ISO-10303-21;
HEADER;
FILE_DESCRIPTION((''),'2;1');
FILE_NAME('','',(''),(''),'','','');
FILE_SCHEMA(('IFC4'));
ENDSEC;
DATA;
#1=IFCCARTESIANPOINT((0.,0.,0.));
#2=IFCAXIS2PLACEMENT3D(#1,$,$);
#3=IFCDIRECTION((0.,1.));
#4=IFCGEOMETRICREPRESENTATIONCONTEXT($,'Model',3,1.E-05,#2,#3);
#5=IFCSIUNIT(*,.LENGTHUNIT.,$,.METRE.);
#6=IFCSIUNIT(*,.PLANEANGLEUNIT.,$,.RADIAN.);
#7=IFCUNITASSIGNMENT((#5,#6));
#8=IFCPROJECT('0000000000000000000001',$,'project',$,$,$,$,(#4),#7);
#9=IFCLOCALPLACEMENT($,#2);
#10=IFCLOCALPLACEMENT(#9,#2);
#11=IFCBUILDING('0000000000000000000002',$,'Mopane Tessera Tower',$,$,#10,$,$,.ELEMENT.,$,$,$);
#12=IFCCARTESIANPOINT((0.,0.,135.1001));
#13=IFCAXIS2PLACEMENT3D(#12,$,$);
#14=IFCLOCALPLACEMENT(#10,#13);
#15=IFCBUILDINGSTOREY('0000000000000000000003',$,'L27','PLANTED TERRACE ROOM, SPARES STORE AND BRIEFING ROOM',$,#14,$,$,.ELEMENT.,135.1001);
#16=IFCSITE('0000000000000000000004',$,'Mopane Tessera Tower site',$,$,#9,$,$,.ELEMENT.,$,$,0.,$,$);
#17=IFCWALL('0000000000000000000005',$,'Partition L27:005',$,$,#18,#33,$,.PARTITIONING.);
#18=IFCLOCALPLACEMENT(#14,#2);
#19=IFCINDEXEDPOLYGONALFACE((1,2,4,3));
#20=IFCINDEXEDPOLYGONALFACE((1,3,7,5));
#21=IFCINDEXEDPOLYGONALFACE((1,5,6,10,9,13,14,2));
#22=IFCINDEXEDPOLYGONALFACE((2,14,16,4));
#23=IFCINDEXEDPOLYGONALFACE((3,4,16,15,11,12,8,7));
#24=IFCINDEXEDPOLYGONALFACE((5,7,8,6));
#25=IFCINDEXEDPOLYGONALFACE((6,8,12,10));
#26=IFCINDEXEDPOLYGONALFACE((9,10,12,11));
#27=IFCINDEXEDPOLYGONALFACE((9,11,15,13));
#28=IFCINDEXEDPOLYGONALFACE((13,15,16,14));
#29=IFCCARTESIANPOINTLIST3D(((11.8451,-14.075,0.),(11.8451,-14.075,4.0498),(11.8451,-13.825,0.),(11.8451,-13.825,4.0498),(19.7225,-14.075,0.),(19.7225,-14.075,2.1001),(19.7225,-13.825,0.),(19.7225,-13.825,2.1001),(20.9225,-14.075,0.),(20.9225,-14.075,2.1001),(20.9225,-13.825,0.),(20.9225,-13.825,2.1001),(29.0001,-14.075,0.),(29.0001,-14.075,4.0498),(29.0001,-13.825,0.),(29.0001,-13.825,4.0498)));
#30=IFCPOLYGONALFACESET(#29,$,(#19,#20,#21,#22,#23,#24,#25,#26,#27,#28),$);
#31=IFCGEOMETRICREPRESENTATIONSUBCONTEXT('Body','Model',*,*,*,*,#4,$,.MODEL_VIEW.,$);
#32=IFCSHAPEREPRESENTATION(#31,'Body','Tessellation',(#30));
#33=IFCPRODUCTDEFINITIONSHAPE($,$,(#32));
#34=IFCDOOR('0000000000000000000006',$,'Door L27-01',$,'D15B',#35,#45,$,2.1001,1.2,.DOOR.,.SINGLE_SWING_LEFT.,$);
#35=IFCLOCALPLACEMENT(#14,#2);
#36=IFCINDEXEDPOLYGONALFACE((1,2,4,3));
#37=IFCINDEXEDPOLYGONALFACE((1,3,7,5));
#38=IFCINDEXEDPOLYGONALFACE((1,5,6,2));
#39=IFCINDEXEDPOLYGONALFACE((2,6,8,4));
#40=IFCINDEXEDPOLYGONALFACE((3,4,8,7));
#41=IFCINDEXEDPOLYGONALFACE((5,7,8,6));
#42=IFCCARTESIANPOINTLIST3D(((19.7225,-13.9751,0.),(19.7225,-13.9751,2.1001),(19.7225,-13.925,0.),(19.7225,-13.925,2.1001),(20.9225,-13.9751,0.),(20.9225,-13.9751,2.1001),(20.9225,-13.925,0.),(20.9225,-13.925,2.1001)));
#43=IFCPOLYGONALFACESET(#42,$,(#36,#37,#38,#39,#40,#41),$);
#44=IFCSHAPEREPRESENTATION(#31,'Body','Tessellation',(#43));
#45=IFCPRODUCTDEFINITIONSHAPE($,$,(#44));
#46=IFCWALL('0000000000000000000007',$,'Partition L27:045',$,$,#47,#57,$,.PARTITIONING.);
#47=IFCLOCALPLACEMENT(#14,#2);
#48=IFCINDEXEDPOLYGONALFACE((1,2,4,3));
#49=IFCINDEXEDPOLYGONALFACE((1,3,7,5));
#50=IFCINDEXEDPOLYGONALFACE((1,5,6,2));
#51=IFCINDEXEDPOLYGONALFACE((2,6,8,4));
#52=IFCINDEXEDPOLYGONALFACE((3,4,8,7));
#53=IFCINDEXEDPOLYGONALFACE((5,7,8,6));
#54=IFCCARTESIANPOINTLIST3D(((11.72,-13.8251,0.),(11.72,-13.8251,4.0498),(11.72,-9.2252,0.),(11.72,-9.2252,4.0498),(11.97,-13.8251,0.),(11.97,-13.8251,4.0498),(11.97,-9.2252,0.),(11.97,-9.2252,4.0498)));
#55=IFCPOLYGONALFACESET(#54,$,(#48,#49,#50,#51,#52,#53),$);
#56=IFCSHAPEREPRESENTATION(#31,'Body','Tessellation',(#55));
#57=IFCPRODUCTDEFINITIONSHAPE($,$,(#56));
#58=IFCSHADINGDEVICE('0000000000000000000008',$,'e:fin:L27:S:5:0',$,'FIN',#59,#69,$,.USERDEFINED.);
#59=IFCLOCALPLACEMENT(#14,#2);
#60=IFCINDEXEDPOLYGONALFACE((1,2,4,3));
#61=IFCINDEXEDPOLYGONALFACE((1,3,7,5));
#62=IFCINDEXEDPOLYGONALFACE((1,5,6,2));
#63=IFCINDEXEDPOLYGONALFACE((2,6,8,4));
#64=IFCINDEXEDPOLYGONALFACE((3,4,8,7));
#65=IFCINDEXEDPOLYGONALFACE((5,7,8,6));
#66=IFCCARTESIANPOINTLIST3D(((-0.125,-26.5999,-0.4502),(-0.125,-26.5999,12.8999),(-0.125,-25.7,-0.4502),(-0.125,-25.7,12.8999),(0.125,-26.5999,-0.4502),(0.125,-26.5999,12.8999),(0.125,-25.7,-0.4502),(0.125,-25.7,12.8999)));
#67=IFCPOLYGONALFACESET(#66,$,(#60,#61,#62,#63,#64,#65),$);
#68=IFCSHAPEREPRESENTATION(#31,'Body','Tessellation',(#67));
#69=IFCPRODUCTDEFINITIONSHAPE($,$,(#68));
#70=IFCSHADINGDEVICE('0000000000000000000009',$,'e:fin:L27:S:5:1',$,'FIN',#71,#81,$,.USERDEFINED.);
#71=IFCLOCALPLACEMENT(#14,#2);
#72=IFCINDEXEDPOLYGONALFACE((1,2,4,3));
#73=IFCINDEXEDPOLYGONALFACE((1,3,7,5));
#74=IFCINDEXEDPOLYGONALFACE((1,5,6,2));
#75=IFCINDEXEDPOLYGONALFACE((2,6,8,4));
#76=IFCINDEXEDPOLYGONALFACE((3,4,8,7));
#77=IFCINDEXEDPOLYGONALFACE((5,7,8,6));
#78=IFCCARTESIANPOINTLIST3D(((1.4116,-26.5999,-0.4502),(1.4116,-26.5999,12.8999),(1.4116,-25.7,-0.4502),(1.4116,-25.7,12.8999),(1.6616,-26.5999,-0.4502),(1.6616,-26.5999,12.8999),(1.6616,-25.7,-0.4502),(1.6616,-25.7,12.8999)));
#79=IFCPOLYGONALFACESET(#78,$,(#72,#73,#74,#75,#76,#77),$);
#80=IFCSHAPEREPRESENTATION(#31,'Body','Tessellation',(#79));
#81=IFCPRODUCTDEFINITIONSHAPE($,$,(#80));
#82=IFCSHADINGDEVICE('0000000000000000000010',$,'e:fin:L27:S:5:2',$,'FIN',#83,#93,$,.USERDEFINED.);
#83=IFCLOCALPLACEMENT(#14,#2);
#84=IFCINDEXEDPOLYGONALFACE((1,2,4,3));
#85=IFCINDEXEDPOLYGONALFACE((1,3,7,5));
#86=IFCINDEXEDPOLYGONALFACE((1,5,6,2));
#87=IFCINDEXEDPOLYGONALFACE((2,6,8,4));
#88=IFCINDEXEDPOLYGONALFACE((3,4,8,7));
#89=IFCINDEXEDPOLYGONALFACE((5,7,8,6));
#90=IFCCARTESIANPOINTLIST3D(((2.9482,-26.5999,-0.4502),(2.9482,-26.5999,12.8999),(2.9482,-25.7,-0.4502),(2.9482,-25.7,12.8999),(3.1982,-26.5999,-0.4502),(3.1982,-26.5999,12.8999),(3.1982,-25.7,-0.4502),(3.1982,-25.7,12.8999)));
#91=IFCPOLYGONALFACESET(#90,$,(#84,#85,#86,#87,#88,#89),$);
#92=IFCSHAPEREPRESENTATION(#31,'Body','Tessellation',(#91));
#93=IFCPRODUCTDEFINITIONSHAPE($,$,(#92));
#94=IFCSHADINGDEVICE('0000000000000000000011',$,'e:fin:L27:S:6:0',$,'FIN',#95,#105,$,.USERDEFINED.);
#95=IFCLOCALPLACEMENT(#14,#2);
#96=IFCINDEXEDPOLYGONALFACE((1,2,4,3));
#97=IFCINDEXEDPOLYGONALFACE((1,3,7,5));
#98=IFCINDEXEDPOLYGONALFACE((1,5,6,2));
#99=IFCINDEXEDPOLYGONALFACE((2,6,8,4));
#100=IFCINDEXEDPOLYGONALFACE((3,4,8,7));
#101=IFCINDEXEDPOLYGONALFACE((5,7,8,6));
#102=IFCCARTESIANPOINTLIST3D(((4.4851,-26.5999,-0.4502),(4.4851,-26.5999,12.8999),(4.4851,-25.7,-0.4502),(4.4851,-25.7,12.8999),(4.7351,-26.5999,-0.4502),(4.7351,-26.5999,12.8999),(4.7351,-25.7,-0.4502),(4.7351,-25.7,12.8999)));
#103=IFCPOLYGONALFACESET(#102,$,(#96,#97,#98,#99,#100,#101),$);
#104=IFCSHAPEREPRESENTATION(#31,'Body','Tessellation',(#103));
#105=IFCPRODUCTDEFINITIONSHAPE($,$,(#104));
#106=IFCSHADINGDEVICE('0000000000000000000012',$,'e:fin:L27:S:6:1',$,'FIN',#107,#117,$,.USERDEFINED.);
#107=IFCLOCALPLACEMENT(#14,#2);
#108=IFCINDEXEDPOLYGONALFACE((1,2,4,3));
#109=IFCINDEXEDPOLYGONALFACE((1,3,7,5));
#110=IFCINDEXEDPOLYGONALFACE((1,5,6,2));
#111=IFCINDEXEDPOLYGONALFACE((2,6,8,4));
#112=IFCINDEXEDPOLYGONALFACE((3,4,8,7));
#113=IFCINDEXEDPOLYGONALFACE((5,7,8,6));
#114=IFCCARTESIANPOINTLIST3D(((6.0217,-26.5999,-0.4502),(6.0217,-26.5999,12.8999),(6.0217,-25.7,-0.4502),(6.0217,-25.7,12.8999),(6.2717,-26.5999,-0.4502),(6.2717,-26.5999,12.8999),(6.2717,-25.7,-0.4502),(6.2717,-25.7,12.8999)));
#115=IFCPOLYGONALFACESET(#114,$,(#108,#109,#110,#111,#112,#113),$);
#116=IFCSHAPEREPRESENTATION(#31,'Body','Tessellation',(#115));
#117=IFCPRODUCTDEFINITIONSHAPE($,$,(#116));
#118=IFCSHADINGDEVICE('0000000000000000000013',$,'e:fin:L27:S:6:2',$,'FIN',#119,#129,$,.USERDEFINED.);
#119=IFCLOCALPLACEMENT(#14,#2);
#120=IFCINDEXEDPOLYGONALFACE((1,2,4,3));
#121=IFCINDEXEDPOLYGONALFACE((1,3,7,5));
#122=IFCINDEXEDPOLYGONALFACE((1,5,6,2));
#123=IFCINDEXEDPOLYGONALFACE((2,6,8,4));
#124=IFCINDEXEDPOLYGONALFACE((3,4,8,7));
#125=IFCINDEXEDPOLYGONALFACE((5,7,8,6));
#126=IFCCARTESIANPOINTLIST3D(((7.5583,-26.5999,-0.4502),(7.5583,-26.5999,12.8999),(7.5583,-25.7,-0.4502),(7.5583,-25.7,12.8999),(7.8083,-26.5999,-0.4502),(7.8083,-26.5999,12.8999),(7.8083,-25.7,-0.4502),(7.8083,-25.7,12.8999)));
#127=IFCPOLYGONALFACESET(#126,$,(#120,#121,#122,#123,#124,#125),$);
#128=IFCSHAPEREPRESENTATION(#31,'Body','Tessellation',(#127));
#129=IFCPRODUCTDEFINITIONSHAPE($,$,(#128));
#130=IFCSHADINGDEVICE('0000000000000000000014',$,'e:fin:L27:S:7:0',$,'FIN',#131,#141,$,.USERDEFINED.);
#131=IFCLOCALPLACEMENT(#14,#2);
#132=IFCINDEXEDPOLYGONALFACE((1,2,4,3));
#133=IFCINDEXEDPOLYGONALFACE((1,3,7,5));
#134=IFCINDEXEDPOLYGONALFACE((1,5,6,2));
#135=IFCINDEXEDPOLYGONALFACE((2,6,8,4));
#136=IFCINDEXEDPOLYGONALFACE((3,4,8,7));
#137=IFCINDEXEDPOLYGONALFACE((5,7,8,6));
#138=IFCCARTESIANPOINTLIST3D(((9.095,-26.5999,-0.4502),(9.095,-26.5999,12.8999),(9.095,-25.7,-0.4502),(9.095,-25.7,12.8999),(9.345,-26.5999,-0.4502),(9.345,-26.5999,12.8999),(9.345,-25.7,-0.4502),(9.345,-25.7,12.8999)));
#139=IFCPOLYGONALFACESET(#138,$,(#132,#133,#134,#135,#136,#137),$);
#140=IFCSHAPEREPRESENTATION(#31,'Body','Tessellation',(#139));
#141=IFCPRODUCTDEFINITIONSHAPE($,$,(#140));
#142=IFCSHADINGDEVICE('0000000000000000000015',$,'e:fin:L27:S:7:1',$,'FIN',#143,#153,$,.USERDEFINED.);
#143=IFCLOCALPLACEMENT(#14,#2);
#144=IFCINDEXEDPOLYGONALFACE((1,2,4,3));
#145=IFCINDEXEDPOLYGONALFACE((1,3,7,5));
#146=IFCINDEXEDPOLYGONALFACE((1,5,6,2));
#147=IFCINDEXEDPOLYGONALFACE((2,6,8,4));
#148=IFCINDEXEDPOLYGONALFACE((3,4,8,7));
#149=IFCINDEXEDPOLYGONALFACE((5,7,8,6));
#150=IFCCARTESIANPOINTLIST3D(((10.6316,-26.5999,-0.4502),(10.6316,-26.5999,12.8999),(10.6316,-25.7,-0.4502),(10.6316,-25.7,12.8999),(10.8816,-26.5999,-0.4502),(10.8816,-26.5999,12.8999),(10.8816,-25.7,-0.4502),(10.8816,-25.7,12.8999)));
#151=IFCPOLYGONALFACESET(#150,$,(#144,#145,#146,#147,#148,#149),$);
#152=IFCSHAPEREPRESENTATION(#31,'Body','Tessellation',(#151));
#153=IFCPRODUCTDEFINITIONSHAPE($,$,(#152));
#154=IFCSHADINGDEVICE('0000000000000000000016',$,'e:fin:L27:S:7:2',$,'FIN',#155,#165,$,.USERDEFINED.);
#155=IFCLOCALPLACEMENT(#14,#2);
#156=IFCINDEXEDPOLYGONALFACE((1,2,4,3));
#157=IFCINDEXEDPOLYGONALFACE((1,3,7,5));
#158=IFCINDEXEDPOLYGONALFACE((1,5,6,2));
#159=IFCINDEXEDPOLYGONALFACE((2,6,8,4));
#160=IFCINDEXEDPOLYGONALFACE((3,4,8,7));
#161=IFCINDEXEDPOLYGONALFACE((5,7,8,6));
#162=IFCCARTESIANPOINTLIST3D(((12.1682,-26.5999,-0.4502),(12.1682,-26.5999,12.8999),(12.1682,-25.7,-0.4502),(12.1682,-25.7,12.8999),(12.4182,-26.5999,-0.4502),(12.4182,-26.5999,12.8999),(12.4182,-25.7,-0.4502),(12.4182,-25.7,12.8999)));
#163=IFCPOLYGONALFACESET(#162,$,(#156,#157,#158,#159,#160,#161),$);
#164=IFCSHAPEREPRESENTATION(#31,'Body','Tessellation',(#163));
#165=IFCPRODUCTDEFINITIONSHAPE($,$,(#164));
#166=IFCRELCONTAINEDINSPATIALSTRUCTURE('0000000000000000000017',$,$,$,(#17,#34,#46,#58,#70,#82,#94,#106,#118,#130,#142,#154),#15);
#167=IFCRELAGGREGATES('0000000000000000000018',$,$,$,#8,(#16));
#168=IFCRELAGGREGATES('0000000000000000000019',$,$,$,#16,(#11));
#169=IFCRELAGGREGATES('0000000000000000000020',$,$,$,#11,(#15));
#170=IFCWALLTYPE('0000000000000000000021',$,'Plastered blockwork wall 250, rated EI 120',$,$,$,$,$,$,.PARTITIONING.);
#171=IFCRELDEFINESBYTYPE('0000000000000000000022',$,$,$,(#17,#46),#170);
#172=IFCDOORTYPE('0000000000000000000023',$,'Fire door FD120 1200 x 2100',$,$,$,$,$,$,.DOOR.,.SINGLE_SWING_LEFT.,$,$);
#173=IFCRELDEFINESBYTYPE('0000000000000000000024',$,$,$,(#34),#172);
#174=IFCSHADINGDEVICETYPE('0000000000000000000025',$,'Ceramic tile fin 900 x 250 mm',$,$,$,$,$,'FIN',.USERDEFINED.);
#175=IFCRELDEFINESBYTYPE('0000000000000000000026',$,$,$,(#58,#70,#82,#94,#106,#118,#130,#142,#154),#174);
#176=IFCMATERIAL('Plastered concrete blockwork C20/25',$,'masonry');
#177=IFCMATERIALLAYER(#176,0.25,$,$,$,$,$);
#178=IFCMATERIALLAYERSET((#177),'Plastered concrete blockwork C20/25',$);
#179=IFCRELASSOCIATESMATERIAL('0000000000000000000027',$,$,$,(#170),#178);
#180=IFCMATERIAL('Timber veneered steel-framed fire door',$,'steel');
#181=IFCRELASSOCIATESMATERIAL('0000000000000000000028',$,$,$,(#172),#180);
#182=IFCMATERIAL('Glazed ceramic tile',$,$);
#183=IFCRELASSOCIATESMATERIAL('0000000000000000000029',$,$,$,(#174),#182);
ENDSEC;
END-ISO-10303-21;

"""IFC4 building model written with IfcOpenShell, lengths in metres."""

from ifc_helpers import new_model, si_unit, direction, frame, frame_2d, origin, origin_2d, place, context, subcontext, project, spatial, rectangle, extrude, material, layer, layer_set, type_object, element, fill, save


model = new_model("IFC4")

# Units and contexts
model_context = context("Model", 3, precision=1e-05, world=origin(), true_north=direction((0.0, 1.0)))
body_context = subcontext(model_context, "Body", "Model", "MODEL_VIEW")
ifc_project = project(units=[si_unit("LENGTHUNIT", "METRE"), si_unit("PLANEANGLEUNIT", "RADIAN")], contexts=[model_context])

# Site, building, storey
site_placement = place(None, origin())
site = spatial("IfcSite", under=ifc_project, at=site_placement, Name="Mopane Tessera Tower site", CompositionType="ELEMENT", RefElevation=0.0)
building_placement = place(site_placement, origin())
building = spatial("IfcBuilding", under=site, at=building_placement, Name="Mopane Tessera Tower", CompositionType="ELEMENT")
storey_placement = place(building_placement, frame((0.0, 0.0, 135.1001)))
storey = spatial("IfcBuildingStorey", under=building, at=storey_placement, Name="L27", Description="PLANTED TERRACE ROOM, SPARES STORE AND BRIEFING ROOM", CompositionType="ELEMENT", Elevation=135.1001)

# Wall, opening, door
ifc_material_1 = material(Name="Plastered concrete blockwork C20/25", Category="masonry")
ifc_layer_1 = layer(ifc_material_1, 0.25)
ifc_layer_set_1 = layer_set([ifc_layer_1], Name="Plastered concrete blockwork C20/25")
wall_type_1 = type_object("IfcWallType", Name="Plastered blockwork wall 250, rated EI 120", PredefinedType="PARTITIONING", material=ifc_layer_set_1)
wall_1_placement = place(storey_placement, frame((11.845, -13.95, 0.0), z_axis=(0.0, 0.0, 1.0), x_axis=(1.0, 0.0, 0.0)))
wall_1 = element("IfcWall", 1, at=wall_1_placement, inside=storey, type_object=wall_type_1, Name="Partition L27:005", PredefinedType="PARTITIONING", context=body_context, shape_type="SweptSolid", body=[
    extrude(rectangle(XDim=17.155, YDim=0.25, at=frame_2d((8.5776, 0.0))), origin(), (0.0, 0.0, 1.0), 4.0498),
])
opening_placement = place(wall_1_placement, frame((7.8774, 0.0, 0.0)))
opening = element("IfcOpeningElement", 2, at=opening_placement, cuts=wall_1, PredefinedType="OPENING", context=body_context, shape_type="SweptSolid", body=[
    extrude(rectangle(XDim=1.2, YDim=2.1001, at=frame_2d((0.6001, 1.05))), frame((0.0, 0.137, 0.0), z_axis=(0.0, -1.0, 0.0), x_axis=(1.0, 0.0, 0.0)), (0.0, 0.0, 1.0), 0.2739),
])
ifc_material_2 = material(Name="Timber veneered steel-framed fire door", Category="steel")
door_type = type_object("IfcDoorType", Name="Fire door FD120 1200 x 2100", OperationType="SINGLE_SWING_LEFT", PredefinedType="DOOR", material=ifc_material_2)
door_placement = place(opening_placement, origin())
door = element("IfcDoor", 3, at=door_placement, inside=storey, type_object=door_type, Name="Door L27-01", ObjectType="D15B", OperationType="SINGLE_SWING_LEFT", OverallHeight=2.1001, OverallWidth=1.2, PredefinedType="DOOR", context=body_context, shape_type="SweptSolid", body=[
    extrude(rectangle(XDim=1.2, YDim=2.1001, at=frame_2d((0.6001, 1.05))), frame((0.0, 0.0249, 0.0), z_axis=(0.0, -1.0, 0.0), x_axis=(1.0, 0.0, 0.0)), (0.0, 0.0, 1.0), 0.05),
])
fill(opening, door)

# Wall
wall_2_placement = place(storey_placement, frame((11.845, -13.825, 0.0), z_axis=(0.0, 0.0, 1.0), x_axis=(0.0, 1.0, 0.0)))
element("IfcWall", 4, at=wall_2_placement, inside=storey, type_object=wall_type_1, Name="Partition L27:045", PredefinedType="PARTITIONING", context=body_context, shape_type="SweptSolid", body=[
    extrude(rectangle(XDim=4.5999, YDim=0.25, at=frame_2d((2.2998, 0.0))), origin(), (0.0, 0.0, 1.0), 4.0498),
])

# Shading devices
ifc_material_3 = material(Name="Glazed ceramic tile")
shading_device_type = type_object("IfcShadingDeviceType", Name="Ceramic tile fin 900 x 250 mm", ElementType="FIN", PredefinedType="USERDEFINED", material=ifc_material_3)
for number, where, z_axis, x_axis, name in (
    (5, (0.0, -26.1499, -0.4502), (0.0, 0.0, 1.0), (1.0, 0.0, 0.0), "e:fin:L27:S:5:0"),
    (6, (1.5366, -26.1499, -0.4502), (0.0, 0.0, 1.0), (1.0, 0.0, 0.0), "e:fin:L27:S:5:1"),
    (7, (3.0732, -26.1499, -0.4502), (0.0, 0.0, 1.0), (1.0, 0.0, 0.0), "e:fin:L27:S:5:2"),
    (8, (4.6101, -26.1499, -0.4502), (0.0, 0.0, 1.0), (1.0, 0.0, 0.0), "e:fin:L27:S:6:0"),
    (9, (6.1467, -26.1499, -0.4502), (0.0, 0.0, 1.0), (1.0, 0.0, 0.0), "e:fin:L27:S:6:1"),
    (10, (7.6833, -26.1499, -0.4502), (0.0, 0.0, 1.0), (1.0, 0.0, 0.0), "e:fin:L27:S:6:2"),
    (11, (9.22, -26.1499, -0.4502), (0.0, 0.0, 1.0), (1.0, 0.0, 0.0), "e:fin:L27:S:7:0"),
    (12, (10.7566, -26.1499, -0.4502), (0.0, 0.0, 1.0), (1.0, 0.0, 0.0), "e:fin:L27:S:7:1"),
    (13, (12.2932, -26.1499, -0.4502), (0.0, 0.0, 1.0), (1.0, 0.0, 0.0), "e:fin:L27:S:7:2"),
):
    element("IfcShadingDevice", number, at=place(storey_placement, frame(where, z_axis=z_axis, x_axis=x_axis)), inside=storey, type_object=shading_device_type, Name=name, ObjectType="FIN", PredefinedType="USERDEFINED", context=body_context, shape_type="SweptSolid", body=[
        extrude(rectangle(XDim=0.25, YDim=0.8999, at=origin_2d()), origin(), (0.0, 0.0, 1.0), 13.3501),
    ])

save(model, "model.ifc")
